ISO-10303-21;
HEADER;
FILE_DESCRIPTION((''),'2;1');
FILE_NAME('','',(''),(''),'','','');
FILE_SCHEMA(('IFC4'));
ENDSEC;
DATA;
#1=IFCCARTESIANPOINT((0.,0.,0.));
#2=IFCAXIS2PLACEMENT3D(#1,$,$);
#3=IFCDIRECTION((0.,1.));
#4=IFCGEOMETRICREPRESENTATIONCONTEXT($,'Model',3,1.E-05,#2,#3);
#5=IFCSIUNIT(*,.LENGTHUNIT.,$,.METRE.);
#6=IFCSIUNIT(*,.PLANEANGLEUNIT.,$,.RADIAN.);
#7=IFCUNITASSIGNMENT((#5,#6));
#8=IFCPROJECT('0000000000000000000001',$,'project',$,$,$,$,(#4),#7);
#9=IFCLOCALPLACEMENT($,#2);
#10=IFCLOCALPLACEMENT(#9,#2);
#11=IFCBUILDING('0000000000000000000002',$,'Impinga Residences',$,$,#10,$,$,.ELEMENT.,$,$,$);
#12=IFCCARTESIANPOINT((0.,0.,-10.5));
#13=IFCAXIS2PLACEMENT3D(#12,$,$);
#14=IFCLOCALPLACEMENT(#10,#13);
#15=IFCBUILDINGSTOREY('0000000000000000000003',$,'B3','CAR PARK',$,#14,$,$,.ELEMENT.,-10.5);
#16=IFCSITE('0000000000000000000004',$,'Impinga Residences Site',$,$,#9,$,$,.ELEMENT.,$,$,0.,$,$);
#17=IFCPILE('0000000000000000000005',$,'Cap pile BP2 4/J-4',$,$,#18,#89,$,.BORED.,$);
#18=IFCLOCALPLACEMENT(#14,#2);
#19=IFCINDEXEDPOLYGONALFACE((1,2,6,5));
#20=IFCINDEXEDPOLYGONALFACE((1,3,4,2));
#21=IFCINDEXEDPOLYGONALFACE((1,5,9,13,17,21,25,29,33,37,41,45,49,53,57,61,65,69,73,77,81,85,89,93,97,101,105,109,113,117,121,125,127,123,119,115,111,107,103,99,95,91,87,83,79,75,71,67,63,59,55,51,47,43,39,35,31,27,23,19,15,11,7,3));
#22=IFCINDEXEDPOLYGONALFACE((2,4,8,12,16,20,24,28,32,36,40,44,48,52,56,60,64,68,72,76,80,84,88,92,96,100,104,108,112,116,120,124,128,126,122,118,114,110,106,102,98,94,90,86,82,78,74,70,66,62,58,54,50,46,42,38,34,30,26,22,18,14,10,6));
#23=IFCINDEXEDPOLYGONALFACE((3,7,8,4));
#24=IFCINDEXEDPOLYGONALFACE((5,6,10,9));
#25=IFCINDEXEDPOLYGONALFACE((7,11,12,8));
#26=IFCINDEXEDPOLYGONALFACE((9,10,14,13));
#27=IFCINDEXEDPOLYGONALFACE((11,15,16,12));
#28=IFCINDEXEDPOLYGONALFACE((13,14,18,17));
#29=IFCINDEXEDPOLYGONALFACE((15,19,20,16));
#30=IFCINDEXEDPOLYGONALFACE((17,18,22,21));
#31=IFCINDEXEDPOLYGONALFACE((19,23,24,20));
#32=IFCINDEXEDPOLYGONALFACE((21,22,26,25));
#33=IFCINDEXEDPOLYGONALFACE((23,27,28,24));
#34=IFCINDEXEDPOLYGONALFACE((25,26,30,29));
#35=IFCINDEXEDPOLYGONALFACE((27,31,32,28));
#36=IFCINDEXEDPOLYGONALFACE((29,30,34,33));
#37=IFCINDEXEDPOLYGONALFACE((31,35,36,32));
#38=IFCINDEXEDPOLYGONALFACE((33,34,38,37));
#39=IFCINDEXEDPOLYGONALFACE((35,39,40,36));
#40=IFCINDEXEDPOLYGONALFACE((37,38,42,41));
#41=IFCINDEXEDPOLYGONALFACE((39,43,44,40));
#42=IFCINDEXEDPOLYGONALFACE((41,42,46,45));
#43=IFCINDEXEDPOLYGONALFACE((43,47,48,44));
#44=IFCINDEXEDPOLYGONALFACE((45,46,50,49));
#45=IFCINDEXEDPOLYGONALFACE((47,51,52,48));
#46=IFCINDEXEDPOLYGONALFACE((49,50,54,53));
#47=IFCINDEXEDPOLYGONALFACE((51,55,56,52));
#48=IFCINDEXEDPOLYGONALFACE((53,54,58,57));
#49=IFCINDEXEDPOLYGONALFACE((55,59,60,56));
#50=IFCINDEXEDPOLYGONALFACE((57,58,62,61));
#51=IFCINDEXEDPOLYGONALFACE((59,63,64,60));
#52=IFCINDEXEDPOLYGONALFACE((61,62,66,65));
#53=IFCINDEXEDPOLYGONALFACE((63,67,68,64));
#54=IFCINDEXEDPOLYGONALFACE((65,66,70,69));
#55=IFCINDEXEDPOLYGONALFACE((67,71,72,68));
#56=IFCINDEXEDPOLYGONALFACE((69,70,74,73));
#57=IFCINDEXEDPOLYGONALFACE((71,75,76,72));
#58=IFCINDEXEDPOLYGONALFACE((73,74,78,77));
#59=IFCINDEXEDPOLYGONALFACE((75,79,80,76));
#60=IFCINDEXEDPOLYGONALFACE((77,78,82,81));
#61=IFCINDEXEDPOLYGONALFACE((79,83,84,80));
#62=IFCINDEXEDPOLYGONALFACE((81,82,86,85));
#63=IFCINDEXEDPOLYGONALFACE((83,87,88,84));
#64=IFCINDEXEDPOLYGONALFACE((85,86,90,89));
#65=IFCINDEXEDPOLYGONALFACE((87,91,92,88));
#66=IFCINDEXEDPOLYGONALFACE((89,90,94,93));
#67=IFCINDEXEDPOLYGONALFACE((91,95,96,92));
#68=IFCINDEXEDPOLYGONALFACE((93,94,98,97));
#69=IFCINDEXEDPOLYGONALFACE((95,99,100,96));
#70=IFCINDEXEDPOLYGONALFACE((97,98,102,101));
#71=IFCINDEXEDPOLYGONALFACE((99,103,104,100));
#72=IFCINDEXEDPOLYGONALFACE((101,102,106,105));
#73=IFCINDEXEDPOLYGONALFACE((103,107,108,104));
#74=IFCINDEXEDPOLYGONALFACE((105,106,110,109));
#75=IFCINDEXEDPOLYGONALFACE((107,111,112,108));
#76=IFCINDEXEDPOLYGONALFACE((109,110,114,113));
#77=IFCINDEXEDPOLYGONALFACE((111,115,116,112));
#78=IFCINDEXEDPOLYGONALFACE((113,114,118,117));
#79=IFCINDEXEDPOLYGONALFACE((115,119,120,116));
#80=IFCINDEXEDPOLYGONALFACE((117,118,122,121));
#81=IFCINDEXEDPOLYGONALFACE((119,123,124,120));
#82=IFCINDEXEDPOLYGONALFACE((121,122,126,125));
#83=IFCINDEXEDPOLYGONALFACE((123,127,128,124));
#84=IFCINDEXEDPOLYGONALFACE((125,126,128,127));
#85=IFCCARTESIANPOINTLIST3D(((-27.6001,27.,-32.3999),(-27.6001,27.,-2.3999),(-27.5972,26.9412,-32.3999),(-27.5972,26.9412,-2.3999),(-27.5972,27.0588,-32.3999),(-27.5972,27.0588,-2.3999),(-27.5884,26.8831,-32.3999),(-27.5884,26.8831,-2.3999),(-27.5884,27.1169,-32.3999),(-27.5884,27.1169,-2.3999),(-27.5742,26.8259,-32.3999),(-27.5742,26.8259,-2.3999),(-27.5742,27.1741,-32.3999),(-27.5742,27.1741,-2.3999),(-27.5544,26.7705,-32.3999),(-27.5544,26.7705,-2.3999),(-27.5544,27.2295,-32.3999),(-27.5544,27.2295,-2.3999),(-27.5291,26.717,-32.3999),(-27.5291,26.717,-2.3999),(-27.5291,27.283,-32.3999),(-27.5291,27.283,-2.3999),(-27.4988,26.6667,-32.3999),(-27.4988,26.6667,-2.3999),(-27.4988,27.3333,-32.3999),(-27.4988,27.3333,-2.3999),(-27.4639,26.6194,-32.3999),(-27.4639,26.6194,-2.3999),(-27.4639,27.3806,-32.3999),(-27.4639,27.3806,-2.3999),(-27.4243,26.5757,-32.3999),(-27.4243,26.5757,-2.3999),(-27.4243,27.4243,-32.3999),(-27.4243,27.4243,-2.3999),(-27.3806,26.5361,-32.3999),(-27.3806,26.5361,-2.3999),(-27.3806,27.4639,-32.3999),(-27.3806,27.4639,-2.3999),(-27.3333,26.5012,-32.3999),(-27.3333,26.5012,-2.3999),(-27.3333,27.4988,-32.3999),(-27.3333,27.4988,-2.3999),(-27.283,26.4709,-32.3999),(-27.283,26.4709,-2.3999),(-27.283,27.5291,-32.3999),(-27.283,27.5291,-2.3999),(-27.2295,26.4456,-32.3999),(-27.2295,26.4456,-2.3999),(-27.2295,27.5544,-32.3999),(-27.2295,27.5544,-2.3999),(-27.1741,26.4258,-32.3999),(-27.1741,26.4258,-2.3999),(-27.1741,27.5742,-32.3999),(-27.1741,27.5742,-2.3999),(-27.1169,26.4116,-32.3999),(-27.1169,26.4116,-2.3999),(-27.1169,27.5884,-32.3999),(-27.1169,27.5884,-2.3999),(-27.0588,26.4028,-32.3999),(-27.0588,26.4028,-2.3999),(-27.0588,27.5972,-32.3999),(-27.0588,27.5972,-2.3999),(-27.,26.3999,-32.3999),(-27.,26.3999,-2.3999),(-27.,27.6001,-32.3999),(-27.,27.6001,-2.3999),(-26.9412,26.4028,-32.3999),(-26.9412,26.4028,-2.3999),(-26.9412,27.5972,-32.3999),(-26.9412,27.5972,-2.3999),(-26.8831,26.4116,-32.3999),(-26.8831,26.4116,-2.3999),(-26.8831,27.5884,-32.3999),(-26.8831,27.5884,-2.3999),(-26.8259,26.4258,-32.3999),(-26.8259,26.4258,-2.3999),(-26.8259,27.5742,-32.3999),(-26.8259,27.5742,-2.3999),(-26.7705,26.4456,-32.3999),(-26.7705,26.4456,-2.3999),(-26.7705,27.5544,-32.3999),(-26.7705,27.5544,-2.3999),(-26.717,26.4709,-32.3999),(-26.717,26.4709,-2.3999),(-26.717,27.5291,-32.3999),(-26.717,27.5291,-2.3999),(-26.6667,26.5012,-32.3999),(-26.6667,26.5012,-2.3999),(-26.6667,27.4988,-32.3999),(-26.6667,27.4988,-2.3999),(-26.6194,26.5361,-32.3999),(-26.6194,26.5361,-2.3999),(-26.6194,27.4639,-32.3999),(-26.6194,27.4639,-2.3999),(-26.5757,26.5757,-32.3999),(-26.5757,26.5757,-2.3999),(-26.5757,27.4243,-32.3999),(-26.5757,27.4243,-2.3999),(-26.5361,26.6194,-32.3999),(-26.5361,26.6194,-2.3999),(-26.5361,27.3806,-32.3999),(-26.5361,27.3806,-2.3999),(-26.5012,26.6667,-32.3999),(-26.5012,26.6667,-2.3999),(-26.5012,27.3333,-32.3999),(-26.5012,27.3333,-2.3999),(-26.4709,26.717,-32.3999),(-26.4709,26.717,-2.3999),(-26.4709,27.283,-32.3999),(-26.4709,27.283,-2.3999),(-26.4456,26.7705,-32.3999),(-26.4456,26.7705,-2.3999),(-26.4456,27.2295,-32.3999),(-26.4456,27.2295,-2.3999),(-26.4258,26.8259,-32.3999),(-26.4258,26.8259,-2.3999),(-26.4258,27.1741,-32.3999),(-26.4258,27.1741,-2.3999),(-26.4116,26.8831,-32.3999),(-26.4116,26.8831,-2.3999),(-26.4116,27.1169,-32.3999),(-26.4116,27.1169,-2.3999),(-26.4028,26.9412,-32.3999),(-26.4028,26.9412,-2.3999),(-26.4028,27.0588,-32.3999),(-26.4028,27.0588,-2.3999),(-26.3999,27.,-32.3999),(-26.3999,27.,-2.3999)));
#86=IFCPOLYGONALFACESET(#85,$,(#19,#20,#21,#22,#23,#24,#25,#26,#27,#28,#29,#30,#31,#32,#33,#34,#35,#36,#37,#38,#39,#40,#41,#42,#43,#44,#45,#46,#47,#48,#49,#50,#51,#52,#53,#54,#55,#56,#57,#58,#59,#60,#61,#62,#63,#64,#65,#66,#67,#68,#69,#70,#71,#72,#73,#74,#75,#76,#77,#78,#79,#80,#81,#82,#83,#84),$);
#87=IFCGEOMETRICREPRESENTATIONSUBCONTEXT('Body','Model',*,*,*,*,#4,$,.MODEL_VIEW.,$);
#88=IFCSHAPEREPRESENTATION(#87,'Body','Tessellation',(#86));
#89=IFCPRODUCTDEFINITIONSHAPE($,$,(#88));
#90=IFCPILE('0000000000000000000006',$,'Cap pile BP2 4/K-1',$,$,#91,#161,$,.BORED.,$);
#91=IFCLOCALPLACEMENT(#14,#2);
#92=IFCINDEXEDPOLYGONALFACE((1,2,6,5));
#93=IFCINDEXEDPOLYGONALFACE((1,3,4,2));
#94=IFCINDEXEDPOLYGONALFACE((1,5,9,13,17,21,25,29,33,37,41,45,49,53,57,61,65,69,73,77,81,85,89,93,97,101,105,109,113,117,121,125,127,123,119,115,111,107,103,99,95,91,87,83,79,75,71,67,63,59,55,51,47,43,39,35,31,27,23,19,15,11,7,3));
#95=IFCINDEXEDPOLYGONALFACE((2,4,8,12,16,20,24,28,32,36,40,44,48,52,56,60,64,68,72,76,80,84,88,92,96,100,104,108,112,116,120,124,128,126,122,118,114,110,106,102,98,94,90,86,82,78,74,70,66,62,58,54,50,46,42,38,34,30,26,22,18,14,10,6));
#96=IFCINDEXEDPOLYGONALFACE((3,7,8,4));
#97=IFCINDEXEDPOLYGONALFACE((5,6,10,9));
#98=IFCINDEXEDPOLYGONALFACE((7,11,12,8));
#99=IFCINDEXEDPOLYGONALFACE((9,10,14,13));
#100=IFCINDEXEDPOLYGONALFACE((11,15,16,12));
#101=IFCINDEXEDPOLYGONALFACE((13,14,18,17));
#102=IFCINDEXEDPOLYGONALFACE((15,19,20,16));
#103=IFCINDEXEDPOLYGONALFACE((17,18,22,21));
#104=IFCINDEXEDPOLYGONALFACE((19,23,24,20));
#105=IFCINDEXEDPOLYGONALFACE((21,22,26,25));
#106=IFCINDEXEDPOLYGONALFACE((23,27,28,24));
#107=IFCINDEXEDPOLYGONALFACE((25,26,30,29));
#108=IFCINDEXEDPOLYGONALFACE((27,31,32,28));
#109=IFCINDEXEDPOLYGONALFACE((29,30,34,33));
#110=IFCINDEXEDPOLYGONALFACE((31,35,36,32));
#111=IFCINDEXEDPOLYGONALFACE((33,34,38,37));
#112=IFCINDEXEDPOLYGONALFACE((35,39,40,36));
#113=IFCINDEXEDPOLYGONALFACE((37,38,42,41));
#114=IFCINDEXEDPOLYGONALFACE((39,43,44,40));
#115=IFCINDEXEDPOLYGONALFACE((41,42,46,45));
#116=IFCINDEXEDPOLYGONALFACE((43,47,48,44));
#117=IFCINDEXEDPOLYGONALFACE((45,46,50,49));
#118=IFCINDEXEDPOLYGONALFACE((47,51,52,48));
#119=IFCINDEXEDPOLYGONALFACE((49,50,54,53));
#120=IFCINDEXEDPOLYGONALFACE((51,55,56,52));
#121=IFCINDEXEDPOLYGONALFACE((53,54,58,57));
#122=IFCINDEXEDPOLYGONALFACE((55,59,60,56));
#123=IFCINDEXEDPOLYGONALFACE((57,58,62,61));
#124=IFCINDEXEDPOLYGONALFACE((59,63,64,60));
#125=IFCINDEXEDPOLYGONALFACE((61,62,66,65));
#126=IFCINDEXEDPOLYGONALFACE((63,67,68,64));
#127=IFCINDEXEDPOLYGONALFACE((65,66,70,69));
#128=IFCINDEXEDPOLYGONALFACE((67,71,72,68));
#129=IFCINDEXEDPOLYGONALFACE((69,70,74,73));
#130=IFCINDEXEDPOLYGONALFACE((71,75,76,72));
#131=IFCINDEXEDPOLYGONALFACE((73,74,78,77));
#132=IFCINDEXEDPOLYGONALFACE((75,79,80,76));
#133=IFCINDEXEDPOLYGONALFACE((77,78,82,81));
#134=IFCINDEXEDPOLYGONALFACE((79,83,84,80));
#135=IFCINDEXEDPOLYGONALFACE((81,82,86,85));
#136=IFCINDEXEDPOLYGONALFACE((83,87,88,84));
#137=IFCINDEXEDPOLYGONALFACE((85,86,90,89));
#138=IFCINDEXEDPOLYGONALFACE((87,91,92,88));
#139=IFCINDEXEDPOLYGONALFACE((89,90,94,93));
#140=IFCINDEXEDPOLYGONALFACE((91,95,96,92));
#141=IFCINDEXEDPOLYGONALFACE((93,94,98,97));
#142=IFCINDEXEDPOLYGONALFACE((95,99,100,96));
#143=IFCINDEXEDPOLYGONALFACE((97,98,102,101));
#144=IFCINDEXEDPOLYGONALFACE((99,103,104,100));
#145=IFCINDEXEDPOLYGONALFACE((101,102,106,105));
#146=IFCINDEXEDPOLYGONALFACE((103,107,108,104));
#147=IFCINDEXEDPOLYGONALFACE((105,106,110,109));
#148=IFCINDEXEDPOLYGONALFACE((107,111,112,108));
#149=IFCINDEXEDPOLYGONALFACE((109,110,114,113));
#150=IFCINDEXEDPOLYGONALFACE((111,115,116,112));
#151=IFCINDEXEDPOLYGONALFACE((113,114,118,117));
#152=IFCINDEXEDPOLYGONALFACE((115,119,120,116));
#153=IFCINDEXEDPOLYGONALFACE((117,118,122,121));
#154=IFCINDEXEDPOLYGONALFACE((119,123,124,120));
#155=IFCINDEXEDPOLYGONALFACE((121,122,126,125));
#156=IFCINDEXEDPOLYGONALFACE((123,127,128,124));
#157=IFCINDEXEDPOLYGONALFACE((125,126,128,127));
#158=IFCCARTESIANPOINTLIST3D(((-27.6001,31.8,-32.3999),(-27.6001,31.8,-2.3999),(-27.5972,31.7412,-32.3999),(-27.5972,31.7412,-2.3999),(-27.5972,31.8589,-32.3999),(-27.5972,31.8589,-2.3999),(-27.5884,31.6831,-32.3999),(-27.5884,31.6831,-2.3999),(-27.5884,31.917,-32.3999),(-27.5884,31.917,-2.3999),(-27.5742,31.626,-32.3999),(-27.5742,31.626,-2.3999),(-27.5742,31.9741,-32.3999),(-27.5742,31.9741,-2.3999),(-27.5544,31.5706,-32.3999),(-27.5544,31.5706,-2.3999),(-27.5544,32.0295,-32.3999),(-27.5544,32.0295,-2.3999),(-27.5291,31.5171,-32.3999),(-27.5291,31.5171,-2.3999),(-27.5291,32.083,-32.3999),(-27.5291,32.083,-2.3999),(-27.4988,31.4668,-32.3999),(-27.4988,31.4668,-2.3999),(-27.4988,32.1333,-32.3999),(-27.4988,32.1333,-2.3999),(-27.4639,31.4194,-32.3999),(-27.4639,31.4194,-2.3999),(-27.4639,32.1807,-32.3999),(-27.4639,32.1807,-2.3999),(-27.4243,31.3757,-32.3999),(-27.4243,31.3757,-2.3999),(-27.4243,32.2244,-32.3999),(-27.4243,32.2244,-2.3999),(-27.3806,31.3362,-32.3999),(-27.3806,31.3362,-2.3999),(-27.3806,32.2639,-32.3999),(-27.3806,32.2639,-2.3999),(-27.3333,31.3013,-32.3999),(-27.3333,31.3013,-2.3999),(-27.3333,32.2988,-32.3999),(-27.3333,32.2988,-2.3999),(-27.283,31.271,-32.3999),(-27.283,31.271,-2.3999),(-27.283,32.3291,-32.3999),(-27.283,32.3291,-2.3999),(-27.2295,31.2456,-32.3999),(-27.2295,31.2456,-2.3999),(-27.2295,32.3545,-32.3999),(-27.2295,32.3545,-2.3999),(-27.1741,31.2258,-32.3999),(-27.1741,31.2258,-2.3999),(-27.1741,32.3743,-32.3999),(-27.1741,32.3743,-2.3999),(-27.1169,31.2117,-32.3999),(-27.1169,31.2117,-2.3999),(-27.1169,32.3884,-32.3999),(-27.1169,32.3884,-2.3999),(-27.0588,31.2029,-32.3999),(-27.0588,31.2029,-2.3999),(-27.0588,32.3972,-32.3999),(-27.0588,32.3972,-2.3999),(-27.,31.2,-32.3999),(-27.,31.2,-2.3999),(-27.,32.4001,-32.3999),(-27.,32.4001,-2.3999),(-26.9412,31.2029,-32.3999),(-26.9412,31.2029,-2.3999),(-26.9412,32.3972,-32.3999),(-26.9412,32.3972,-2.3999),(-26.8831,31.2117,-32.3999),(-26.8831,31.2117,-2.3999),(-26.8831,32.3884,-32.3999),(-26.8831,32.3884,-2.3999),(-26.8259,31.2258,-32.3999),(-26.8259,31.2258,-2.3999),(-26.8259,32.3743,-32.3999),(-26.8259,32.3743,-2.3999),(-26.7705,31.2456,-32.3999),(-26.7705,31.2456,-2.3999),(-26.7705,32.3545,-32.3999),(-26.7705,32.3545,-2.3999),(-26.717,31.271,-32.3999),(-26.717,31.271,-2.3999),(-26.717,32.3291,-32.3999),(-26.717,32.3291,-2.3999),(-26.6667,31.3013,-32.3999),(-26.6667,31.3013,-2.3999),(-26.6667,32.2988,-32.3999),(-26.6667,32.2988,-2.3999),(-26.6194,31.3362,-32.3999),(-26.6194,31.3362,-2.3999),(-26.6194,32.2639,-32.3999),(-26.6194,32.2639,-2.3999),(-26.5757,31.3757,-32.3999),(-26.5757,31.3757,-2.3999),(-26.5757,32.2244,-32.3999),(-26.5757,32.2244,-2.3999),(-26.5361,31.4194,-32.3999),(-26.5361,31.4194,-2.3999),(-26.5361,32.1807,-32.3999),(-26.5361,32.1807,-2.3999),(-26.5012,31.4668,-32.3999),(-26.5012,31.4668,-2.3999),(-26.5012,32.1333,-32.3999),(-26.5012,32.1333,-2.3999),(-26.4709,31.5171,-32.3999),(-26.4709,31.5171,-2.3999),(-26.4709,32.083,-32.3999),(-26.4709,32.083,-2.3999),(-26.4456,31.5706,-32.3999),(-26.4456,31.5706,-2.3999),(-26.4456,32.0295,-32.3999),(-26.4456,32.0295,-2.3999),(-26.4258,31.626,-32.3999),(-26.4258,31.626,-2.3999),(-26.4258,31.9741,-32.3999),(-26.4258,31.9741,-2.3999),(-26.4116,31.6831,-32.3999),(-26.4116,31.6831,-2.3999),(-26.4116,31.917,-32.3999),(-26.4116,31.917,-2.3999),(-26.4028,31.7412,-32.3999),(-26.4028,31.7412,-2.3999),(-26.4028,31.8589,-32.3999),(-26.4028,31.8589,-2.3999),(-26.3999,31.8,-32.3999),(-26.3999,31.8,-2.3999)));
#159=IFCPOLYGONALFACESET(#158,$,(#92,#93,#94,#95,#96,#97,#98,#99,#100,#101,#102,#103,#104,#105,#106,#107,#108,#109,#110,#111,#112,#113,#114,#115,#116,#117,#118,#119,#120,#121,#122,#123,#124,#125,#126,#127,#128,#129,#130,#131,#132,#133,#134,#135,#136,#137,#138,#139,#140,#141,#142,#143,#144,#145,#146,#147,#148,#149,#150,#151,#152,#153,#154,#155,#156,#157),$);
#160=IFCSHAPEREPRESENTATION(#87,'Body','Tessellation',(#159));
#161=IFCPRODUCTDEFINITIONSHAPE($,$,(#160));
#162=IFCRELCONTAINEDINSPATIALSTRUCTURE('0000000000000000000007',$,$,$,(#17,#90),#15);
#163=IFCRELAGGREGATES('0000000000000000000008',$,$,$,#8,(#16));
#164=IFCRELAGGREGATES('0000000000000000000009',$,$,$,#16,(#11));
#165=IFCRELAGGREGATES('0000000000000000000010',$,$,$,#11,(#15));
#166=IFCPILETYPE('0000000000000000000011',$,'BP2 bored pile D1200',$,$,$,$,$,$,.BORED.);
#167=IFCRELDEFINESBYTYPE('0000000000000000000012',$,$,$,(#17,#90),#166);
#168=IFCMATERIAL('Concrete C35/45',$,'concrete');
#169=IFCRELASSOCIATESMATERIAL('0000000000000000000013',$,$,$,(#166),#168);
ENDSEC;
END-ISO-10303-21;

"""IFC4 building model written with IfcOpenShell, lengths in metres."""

from ifc_helpers import new_model, si_unit, direction, frame, origin, origin_2d, place, context, subcontext, project, spatial, polyline, circle, outline, extrude, material, material_profile, profile_set, type_object, element, save


model = new_model("IFC4")

# Units and contexts
model_context = context("Model", 3, precision=1e-05, world=origin(), true_north=direction((0.0, 1.0)))
body_context = subcontext(model_context, "Body", "Model", "MODEL_VIEW")
ifc_project = project(units=[si_unit("LENGTHUNIT", "METRE"), si_unit("PLANEANGLEUNIT", "RADIAN")], contexts=[model_context])

# Site, building, storey
site_placement = place(None, origin())
site = spatial("IfcSite", under=ifc_project, at=site_placement, Name="Impinga Residences Site", CompositionType="ELEMENT", RefElevation=0.0)
building_placement = place(site_placement, origin())
building = spatial("IfcBuilding", under=site, at=building_placement, Name="Impinga Residences", CompositionType="ELEMENT")
storey_placement = place(building_placement, frame((0.0, 0.0, -10.5)))
storey = spatial("IfcBuildingStorey", under=building, at=storey_placement, Name="B3", Description="CAR PARK", CompositionType="ELEMENT", Elevation=-10.5)

# Piles
ifc_material_1 = material(Name="Concrete C35/45", Category="concrete")
ifc_material_profile_1 = material_profile(ifc_material_1, circle(Radius=0.6001, at=origin_2d()), Name="D1200")
ifc_profile_set_1 = profile_set([ifc_material_profile_1], Name="Concrete C35/45")
pile_type = type_object("IfcPileType", Name="BP2 bored pile D1200", PredefinedType="BORED", material=ifc_profile_set_1)
pile_1_placement = place(storey_placement, frame((-27.0, 27.0, -2.3999), z_axis=(0.0, 0.0, -1.0), x_axis=(1.0, 0.0, 0.0)))
element("IfcPile", 1, at=pile_1_placement, inside=storey, type_object=pile_type, Name="Cap pile BP2 4/J-4", PredefinedType="BORED", context=body_context, shape_type="SweptSolid", body=[
    extrude(outline(polyline([(0.6001, 0.0), (0.5972, 0.0588), (0.5884, 0.1169), (0.5742, 0.1741), (0.5544, 0.2295), (0.5291, 0.283), (0.4988, 0.3333), (0.4639, 0.3806), (0.4243, 0.4243), (0.3806, 0.4639), (0.3333, 0.4988), (0.283, 0.5291), (0.2295, 0.5544), (0.1741, 0.5742), (0.1169, 0.5884), (0.0588, 0.5972), (0.0, 0.6001), (-0.0588, 0.5972), (-0.1169, 0.5884), (-0.1741, 0.5742), (-0.2295, 0.5544), (-0.283, 0.5291), (-0.3333, 0.4988), (-0.3806, 0.4639), (-0.4243, 0.4243), (-0.4639, 0.3806), (-0.4988, 0.3333), (-0.5291, 0.283), (-0.5544, 0.2295), (-0.5742, 0.1741), (-0.5884, 0.1169), (-0.5972, 0.0588), (-0.6001, 0.0), (-0.5972, -0.0588), (-0.5884, -0.1169), (-0.5742, -0.1741), (-0.5544, -0.2295), (-0.5291, -0.283), (-0.4988, -0.3333), (-0.4639, -0.3806), (-0.4243, -0.4243), (-0.3806, -0.4639), (-0.3333, -0.4988), (-0.283, -0.5291), (-0.2295, -0.5544), (-0.1741, -0.5742), (-0.1169, -0.5884), (-0.0588, -0.5972), (0.0, -0.6001), (0.0588, -0.5972), (0.1169, -0.5884), (0.1741, -0.5742), (0.2295, -0.5544), (0.283, -0.5291), (0.3333, -0.4988), (0.3806, -0.4639), (0.4243, -0.4243), (0.4639, -0.3806), (0.4988, -0.3333), (0.5291, -0.283), (0.5544, -0.2295), (0.5742, -0.1741), (0.5884, -0.1169), (0.5972, -0.0588), (0.6001, 0.0)])), origin(), (0.0, 0.0, 1.0), 30.0),
])
pile_2_placement = place(storey_placement, frame((-27.0, 31.8, -2.3999), z_axis=(0.0, 0.0, -1.0), x_axis=(1.0, 0.0, 0.0)))
element("IfcPile", 2, at=pile_2_placement, inside=storey, type_object=pile_type, Name="Cap pile BP2 4/K-1", PredefinedType="BORED", context=body_context, shape_type="SweptSolid", body=[
    extrude(outline(polyline([(0.6001, 0.0), (0.5972, 0.0588), (0.5884, 0.1169), (0.5742, 0.1741), (0.5544, 0.2295), (0.5291, 0.283), (0.4988, 0.3333), (0.4639, 0.3806), (0.4243, 0.4243), (0.3806, 0.4639), (0.3333, 0.4988), (0.283, 0.5291), (0.2295, 0.5544), (0.1741, 0.5742), (0.1169, 0.5884), (0.0588, 0.5972), (0.0, 0.6001), (-0.0588, 0.5972), (-0.1169, 0.5884), (-0.1741, 0.5742), (-0.2295, 0.5544), (-0.283, 0.5291), (-0.3333, 0.4988), (-0.3806, 0.4639), (-0.4243, 0.4243), (-0.4639, 0.3806), (-0.4988, 0.3333), (-0.5291, 0.283), (-0.5544, 0.2295), (-0.5742, 0.1741), (-0.5884, 0.1169), (-0.5972, 0.0588), (-0.6001, 0.0), (-0.5972, -0.0588), (-0.5884, -0.1169), (-0.5742, -0.1741), (-0.5544, -0.2295), (-0.5291, -0.283), (-0.4988, -0.3333), (-0.4639, -0.3806), (-0.4243, -0.4243), (-0.3806, -0.4639), (-0.3333, -0.4988), (-0.283, -0.5291), (-0.2295, -0.5544), (-0.1741, -0.5742), (-0.1169, -0.5884), (-0.0588, -0.5972), (0.0, -0.6001), (0.0588, -0.5972), (0.1169, -0.5884), (0.1741, -0.5742), (0.2295, -0.5544), (0.283, -0.5291), (0.3333, -0.4988), (0.3806, -0.4639), (0.4243, -0.4243), (0.4639, -0.3806), (0.4988, -0.3333), (0.5291, -0.283), (0.5544, -0.2295), (0.5742, -0.1741), (0.5884, -0.1169), (0.5972, -0.0588), (0.6001, 0.0)])), origin(), (0.0, 0.0, 1.0), 30.0),
])

save(model, "model.ifc")
